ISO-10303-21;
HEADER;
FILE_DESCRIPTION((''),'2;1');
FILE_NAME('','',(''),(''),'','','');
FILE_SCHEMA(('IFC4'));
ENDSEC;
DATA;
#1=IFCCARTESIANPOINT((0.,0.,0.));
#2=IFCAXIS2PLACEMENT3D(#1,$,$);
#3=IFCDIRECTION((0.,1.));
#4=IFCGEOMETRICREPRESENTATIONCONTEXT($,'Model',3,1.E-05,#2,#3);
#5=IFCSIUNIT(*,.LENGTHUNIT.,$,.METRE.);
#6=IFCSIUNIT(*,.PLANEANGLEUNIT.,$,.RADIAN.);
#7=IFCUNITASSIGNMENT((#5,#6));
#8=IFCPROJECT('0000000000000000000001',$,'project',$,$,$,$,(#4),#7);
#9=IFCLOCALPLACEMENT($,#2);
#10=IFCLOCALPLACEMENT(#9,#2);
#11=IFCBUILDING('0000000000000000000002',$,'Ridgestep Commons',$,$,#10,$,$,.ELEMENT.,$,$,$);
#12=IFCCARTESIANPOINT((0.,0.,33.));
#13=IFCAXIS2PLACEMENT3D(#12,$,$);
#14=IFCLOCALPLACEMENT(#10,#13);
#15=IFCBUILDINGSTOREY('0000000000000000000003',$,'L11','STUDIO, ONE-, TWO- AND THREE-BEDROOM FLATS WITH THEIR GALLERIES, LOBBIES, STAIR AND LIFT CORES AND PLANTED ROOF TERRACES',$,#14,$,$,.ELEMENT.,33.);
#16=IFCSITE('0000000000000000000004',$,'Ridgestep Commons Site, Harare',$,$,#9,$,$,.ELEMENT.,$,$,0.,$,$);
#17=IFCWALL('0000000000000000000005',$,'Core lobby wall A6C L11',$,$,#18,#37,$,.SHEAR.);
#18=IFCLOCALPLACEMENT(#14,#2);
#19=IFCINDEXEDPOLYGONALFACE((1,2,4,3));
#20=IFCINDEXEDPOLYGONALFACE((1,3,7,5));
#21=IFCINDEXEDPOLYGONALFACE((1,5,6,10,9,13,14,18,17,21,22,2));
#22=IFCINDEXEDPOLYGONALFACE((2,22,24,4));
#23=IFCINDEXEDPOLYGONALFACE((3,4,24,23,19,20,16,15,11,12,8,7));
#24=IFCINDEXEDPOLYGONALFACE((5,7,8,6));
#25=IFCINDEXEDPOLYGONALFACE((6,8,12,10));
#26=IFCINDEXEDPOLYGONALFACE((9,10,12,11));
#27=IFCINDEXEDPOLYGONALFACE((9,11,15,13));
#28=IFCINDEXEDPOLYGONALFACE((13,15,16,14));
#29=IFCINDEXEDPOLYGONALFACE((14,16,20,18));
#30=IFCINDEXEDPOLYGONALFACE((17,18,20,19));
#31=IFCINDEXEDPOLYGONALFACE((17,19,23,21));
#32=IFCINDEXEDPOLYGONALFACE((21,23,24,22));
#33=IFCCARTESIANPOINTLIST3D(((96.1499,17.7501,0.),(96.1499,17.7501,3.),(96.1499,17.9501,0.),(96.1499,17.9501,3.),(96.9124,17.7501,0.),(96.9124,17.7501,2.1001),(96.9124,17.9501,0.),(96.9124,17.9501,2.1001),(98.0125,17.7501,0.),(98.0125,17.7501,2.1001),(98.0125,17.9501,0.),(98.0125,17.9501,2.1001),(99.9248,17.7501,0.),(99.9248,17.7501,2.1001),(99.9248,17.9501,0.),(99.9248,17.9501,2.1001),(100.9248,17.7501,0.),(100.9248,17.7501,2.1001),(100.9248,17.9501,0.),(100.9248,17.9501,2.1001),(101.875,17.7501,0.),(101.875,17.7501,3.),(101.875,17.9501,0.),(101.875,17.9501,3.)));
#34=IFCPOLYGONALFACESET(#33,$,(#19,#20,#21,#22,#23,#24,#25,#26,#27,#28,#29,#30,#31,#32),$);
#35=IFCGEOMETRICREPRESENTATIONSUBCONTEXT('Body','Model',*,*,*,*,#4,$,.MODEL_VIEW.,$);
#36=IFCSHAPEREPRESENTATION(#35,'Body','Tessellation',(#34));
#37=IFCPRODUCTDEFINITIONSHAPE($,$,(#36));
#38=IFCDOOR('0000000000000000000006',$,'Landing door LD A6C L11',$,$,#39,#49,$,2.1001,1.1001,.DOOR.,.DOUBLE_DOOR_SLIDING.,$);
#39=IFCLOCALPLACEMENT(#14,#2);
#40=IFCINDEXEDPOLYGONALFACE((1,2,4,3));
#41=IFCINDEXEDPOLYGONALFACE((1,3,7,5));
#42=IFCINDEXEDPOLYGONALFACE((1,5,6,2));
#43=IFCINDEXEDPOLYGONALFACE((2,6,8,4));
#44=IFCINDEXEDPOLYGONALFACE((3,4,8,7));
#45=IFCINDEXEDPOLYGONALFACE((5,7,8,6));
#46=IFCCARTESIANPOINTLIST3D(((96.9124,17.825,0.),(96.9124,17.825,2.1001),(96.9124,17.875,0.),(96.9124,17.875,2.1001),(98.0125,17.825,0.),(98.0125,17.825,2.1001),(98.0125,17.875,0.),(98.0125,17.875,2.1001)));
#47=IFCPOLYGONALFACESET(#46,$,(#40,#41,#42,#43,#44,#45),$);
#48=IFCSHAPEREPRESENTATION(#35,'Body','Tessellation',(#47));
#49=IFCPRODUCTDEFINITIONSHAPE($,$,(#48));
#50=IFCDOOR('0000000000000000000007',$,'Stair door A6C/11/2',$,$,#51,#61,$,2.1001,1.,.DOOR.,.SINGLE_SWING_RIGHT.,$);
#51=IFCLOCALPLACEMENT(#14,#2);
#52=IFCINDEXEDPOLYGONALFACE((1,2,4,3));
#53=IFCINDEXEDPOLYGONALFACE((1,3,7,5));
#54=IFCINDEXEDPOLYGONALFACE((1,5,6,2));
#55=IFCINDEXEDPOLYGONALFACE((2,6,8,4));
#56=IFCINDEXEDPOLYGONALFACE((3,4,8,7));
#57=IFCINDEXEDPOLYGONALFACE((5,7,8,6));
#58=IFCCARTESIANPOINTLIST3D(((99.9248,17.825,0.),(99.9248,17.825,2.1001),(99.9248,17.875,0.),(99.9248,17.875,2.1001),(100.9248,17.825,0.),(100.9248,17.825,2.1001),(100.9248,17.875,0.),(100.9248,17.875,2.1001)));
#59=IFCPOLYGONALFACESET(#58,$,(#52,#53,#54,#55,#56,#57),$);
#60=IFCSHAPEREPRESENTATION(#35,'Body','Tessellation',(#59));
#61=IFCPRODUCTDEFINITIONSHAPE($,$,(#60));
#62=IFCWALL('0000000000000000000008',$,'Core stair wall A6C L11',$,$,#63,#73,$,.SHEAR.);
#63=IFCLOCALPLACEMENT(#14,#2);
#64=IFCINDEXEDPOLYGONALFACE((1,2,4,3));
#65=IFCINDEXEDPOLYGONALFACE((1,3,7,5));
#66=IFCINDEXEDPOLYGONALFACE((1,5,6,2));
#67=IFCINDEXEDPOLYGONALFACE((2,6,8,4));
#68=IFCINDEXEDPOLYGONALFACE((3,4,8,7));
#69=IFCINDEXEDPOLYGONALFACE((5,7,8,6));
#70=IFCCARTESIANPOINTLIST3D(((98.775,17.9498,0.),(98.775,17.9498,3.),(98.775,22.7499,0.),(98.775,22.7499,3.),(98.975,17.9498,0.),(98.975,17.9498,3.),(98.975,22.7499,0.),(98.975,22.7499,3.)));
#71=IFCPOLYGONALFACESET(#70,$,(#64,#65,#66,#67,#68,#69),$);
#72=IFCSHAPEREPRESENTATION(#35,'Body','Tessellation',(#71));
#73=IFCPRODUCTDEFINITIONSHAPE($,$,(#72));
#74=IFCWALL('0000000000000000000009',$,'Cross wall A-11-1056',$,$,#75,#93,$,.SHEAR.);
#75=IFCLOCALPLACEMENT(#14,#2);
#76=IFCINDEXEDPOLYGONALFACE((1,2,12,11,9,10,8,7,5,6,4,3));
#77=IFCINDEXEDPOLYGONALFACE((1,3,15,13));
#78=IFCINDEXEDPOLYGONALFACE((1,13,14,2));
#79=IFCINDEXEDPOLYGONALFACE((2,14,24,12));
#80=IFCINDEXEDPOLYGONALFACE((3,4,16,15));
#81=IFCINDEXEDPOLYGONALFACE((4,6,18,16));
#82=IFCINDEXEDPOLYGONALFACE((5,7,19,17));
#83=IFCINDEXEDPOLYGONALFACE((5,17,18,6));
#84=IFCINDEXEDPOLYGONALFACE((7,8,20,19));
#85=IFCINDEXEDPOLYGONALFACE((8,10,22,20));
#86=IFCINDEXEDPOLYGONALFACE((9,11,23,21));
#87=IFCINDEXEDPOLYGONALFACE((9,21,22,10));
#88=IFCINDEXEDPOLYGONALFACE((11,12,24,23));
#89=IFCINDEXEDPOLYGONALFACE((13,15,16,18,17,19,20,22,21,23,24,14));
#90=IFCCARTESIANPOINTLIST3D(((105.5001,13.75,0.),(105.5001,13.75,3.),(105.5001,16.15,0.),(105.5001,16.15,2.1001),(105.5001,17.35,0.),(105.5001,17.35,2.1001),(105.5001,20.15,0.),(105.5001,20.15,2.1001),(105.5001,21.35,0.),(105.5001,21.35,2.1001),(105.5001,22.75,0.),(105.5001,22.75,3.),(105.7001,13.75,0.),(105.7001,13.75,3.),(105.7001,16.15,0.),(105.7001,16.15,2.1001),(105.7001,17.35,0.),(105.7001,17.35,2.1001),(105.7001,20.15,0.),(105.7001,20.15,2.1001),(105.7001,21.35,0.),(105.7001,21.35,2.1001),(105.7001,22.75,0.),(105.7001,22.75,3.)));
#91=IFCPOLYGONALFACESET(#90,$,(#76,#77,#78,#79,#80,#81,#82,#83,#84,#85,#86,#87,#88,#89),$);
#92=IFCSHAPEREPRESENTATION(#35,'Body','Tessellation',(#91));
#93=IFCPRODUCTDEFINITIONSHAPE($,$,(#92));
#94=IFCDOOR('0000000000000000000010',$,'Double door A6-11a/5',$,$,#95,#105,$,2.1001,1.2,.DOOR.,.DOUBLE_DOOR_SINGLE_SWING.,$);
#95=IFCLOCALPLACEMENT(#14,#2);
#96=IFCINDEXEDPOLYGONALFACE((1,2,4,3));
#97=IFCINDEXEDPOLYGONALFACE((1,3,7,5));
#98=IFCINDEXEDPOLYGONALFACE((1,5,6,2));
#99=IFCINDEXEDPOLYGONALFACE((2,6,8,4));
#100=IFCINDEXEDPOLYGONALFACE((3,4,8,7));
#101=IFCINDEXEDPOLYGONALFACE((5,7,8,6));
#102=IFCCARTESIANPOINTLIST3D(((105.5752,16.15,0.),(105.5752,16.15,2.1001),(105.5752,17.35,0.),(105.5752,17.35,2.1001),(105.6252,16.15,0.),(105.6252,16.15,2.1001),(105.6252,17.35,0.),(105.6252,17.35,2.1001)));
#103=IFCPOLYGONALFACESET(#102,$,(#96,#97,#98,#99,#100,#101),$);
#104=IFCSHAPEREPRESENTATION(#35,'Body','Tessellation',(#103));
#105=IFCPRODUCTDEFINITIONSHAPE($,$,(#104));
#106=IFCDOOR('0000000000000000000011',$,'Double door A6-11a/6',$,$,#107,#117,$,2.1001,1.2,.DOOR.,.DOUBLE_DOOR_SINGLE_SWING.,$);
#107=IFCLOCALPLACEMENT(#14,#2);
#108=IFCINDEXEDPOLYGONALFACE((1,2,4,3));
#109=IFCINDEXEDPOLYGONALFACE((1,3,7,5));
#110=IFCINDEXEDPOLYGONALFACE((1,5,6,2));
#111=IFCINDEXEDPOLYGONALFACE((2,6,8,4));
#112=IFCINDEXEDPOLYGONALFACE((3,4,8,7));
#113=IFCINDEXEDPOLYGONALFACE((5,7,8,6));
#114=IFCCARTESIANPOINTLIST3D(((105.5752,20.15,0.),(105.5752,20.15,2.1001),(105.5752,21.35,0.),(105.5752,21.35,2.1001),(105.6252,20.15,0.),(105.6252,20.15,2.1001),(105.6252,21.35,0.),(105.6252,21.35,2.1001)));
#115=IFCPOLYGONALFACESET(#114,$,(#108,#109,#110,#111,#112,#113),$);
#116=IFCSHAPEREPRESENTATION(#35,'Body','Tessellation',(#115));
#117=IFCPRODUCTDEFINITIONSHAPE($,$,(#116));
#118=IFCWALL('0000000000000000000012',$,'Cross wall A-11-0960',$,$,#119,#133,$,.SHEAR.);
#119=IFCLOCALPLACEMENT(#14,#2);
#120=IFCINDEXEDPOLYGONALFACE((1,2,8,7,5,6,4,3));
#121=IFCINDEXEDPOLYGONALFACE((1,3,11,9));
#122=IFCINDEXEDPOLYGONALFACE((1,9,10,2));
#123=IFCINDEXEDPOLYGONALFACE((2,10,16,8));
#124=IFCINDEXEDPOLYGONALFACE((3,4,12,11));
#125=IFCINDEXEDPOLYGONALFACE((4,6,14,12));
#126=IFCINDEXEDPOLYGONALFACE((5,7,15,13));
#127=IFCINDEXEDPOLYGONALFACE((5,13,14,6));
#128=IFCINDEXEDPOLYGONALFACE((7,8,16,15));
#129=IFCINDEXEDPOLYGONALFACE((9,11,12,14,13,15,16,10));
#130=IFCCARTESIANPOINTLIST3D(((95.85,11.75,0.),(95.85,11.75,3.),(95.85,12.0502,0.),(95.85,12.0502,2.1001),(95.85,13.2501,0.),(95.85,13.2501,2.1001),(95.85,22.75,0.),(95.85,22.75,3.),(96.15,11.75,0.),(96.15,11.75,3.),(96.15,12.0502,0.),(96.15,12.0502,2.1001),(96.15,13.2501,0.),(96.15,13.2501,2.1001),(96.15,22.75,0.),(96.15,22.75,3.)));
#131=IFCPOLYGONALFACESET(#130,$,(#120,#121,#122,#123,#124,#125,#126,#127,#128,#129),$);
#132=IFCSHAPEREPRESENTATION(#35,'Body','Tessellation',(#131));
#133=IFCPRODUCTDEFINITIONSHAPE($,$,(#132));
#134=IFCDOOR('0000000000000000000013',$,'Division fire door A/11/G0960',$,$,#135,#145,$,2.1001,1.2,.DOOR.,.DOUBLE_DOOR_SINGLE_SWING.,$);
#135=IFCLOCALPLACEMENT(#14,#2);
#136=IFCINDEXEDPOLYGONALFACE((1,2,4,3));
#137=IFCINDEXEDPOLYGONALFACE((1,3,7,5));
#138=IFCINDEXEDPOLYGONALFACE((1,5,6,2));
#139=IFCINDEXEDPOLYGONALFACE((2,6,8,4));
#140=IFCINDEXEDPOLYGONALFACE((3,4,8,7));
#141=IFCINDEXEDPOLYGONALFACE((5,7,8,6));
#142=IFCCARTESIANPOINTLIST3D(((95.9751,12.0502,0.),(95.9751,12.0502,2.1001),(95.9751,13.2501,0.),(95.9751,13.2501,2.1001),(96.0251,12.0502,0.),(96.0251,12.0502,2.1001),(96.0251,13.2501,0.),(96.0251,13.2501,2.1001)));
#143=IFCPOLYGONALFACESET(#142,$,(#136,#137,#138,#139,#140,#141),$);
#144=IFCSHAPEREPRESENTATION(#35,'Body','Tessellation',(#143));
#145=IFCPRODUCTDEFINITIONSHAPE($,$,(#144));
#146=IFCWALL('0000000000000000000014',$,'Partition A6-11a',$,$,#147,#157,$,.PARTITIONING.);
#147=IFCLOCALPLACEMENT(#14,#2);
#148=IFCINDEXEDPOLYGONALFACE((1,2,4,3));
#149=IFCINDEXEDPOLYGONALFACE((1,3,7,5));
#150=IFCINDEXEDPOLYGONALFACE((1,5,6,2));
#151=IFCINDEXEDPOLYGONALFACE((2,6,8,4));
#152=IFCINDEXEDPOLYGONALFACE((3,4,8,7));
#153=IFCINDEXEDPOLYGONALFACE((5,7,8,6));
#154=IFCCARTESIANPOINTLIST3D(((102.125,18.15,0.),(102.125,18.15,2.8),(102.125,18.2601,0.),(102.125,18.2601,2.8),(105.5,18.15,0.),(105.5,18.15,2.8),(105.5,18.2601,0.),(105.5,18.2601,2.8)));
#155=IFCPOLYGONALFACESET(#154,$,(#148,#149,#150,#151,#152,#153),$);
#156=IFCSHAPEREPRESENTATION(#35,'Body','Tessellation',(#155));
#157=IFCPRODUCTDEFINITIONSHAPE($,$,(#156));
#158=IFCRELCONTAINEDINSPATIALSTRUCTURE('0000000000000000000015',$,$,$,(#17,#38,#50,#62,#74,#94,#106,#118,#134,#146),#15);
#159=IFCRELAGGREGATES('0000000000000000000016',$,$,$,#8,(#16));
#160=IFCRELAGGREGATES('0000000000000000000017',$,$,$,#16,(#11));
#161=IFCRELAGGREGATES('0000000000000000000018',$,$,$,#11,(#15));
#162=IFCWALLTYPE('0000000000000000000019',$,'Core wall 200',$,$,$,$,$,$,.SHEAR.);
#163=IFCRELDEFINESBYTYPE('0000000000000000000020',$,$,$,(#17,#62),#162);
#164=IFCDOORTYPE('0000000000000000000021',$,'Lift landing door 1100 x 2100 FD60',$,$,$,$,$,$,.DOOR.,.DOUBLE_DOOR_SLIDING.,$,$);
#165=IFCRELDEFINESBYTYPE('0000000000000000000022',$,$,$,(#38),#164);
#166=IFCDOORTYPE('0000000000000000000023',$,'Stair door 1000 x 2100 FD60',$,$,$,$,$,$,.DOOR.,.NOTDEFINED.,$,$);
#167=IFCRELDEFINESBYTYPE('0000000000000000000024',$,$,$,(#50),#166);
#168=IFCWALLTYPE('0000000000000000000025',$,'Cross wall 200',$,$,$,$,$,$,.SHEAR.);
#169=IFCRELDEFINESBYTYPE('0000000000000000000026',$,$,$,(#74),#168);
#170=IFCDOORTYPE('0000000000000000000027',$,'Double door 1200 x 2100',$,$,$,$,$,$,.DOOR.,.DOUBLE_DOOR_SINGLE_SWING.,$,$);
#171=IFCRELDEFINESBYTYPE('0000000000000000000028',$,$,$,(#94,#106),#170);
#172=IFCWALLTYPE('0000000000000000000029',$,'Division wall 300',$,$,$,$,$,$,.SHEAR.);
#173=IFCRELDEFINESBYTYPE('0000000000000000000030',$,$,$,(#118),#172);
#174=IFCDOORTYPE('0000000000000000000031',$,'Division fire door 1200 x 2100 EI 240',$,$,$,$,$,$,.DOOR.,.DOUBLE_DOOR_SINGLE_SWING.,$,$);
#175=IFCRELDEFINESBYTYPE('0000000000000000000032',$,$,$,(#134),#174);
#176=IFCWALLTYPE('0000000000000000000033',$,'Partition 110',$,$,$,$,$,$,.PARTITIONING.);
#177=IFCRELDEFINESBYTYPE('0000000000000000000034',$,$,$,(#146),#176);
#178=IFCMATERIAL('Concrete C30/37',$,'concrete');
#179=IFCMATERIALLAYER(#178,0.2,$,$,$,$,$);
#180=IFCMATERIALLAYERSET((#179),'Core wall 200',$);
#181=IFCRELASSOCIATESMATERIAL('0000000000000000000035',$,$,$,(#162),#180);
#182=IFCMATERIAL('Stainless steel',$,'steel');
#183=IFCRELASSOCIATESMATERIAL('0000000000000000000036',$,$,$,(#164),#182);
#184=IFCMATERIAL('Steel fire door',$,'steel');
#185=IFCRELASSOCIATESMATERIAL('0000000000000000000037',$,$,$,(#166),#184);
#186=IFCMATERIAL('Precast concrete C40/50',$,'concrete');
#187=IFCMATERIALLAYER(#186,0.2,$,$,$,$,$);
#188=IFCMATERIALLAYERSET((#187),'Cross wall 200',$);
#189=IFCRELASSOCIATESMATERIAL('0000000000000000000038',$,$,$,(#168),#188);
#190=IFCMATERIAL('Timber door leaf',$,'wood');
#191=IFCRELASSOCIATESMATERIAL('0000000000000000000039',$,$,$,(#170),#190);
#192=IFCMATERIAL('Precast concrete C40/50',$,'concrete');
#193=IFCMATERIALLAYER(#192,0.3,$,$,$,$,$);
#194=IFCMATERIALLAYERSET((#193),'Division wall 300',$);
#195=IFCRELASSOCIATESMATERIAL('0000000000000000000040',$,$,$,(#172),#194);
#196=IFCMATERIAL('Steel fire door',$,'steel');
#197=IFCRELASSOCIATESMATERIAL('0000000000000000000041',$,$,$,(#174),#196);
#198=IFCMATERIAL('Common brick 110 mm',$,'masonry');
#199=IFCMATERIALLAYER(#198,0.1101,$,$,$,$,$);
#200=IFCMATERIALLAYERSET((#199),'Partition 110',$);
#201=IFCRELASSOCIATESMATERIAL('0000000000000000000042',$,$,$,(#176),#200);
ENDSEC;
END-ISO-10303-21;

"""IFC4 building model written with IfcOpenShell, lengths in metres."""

from ifc_helpers import new_model, si_unit, direction, frame, frame_2d, origin, place, context, subcontext, project, spatial, rectangle, extrude, material, layer, layer_set, type_object, element, fill, save


model = new_model("IFC4")

# Units and contexts
model_context = context("Model", 3, precision=1e-05, world=origin(), true_north=direction((0.0, 1.0)))
body_context = subcontext(model_context, "Body", "Model", "MODEL_VIEW")
ifc_project = project(units=[si_unit("LENGTHUNIT", "METRE"), si_unit("PLANEANGLEUNIT", "RADIAN")], contexts=[model_context])

# Site, building, storey
site_placement = place(None, origin())
site = spatial("IfcSite", under=ifc_project, at=site_placement, Name="Ridgestep Commons Site, Harare", CompositionType="ELEMENT", RefElevation=0.0)
building_placement = place(site_placement, origin())
building = spatial("IfcBuilding", under=site, at=building_placement, Name="Ridgestep Commons", CompositionType="ELEMENT")
storey_placement = place(building_placement, frame((0.0, 0.0, 33.0)))
storey = spatial("IfcBuildingStorey", under=building, at=storey_placement, Name="L11", Description="STUDIO, ONE-, TWO- AND THREE-BEDROOM FLATS WITH THEIR GALLERIES, LOBBIES, STAIR AND LIFT CORES AND PLANTED ROOF TERRACES", CompositionType="ELEMENT", Elevation=33.0)

# Wall, openings, doors
ifc_material_1 = material(Name="Concrete C30/37", Category="concrete")
ifc_layer_1 = layer(ifc_material_1, 0.2)
ifc_layer_set_1 = layer_set([ifc_layer_1], Name="Core wall 200")
wall_type_1 = type_object("IfcWallType", Name="Core wall 200", PredefinedType="SHEAR", material=ifc_layer_set_1)
wall_1_placement = place(storey_placement, frame((96.1499, 17.8501, 0.0), z_axis=(0.0, 0.0, 1.0), x_axis=(1.0, 0.0, 0.0)))
wall_1 = element("IfcWall", 1, at=wall_1_placement, inside=storey, type_object=wall_type_1, Name="Core lobby wall A6C L11", PredefinedType="SHEAR", context=body_context, shape_type="SweptSolid", body=[
    extrude(rectangle(XDim=5.7251, YDim=0.2, at=frame_2d((2.8625, 0.0))), origin(), (0.0, 0.0, 1.0), 3.0),
])
opening_1_placement = place(wall_1_placement, frame((3.7749, 0.0, 0.0)))
opening_1 = element("IfcOpeningElement", 2, at=opening_1_placement, cuts=wall_1, PredefinedType="OPENING", context=body_context, shape_type="SweptSolid", body=[
    extrude(rectangle(XDim=1.0, YDim=2.1001, at=frame_2d((0.5, 1.05))), frame((0.0, 0.1099, 0.0), z_axis=(0.0, -1.0, 0.0), x_axis=(1.0, 0.0, 0.0)), (0.0, 0.0, 1.0), 0.22),
])
opening_2_placement = place(wall_1_placement, frame((0.7625, 0.0, 0.0)))
opening_2 = element("IfcOpeningElement", 3, at=opening_2_placement, cuts=wall_1, PredefinedType="OPENING", context=body_context, shape_type="SweptSolid", body=[
    extrude(rectangle(XDim=1.1001, YDim=2.1001, at=frame_2d((0.55, 1.05))), frame((0.0, 0.1099, 0.0), z_axis=(0.0, -1.0, 0.0), x_axis=(1.0, 0.0, 0.0)), (0.0, 0.0, 1.0), 0.22),
])
ifc_material_2 = material(Name="Stainless steel", Category="steel")
door_type_1 = type_object("IfcDoorType", Name="Lift landing door 1100 x 2100 FD60", OperationType="DOUBLE_DOOR_SLIDING", PredefinedType="DOOR", material=ifc_material_2)
door_1_placement = place(opening_2_placement, origin())
door_1 = element("IfcDoor", 4, at=door_1_placement, inside=storey, type_object=door_type_1, Name="Landing door LD A6C L11", OperationType="DOUBLE_DOOR_SLIDING", OverallHeight=2.1001, OverallWidth=1.1001, PredefinedType="DOOR", context=body_context, shape_type="SweptSolid", body=[
    extrude(rectangle(XDim=1.1001, YDim=2.1001, at=frame_2d((0.55, 1.05))), frame((0.0, 0.0249, 0.0), z_axis=(0.0, -1.0, 0.0), x_axis=(1.0, 0.0, 0.0)), (0.0, 0.0, 1.0), 0.05),
])
fill(opening_2, door_1)
ifc_material_3 = material(Name="Steel fire door", Category="steel")
door_type_2 = type_object("IfcDoorType", Name="Stair door 1000 x 2100 FD60", OperationType="NOTDEFINED", PredefinedType="DOOR", material=ifc_material_3)
door_2_placement = place(opening_1_placement, origin())
door_2 = element("IfcDoor", 5, at=door_2_placement, inside=storey, type_object=door_type_2, Name="Stair door A6C/11/2", OperationType="SINGLE_SWING_RIGHT", OverallHeight=2.1001, OverallWidth=1.0, PredefinedType="DOOR", context=body_context, shape_type="SweptSolid", body=[
    extrude(rectangle(XDim=1.0, YDim=2.1001, at=frame_2d((0.5, 1.05))), frame((0.0, 0.0249, 0.0), z_axis=(0.0, -1.0, 0.0), x_axis=(1.0, 0.0, 0.0)), (0.0, 0.0, 1.0), 0.05),
])
fill(opening_1, door_2)

# Wall
wall_2_placement = place(storey_placement, frame((98.875, 17.95, 0.0), z_axis=(0.0, 0.0, 1.0), x_axis=(0.0, 1.0, 0.0)))
element("IfcWall", 6, at=wall_2_placement, inside=storey, type_object=wall_type_1, Name="Core stair wall A6C L11", PredefinedType="SHEAR", context=body_context, shape_type="SweptSolid", body=[
    extrude(rectangle(XDim=4.8, YDim=0.2, at=frame_2d((2.3999, 0.0))), origin(), (0.0, 0.0, 1.0), 3.0),
])

# Wall, openings, doors
ifc_material_4 = material(Name="Precast concrete C40/50", Category="concrete")
ifc_layer_2 = layer(ifc_material_4, 0.2)
ifc_layer_set_2 = layer_set([ifc_layer_2], Name="Cross wall 200")
wall_type_2 = type_object("IfcWallType", Name="Cross wall 200", PredefinedType="SHEAR", material=ifc_layer_set_2)
wall_3_placement = place(storey_placement, frame((105.6001, 13.75, 0.0), z_axis=(0.0, 0.0, 1.0), x_axis=(0.0, 1.0, 0.0)))
wall_3 = element("IfcWall", 7, at=wall_3_placement, inside=storey, type_object=wall_type_2, Name="Cross wall A-11-1056", PredefinedType="SHEAR", context=body_context, shape_type="SweptSolid", body=[
    extrude(rectangle(XDim=9.0, YDim=0.2, at=frame_2d((4.5, 0.0))), origin(), (0.0, 0.0, 1.0), 3.0),
])
opening_3_placement = place(wall_3_placement, frame((2.3999, 0.0, 0.0)))
opening_3 = element("IfcOpeningElement", 8, at=opening_3_placement, cuts=wall_3, PredefinedType="OPENING", context=body_context, shape_type="SweptSolid", body=[
    extrude(rectangle(XDim=1.2, YDim=2.1001, at=frame_2d((0.6001, 1.05))), frame((0.0, 0.1099, 0.0), z_axis=(0.0, -1.0, 0.0), x_axis=(1.0, 0.0, 0.0)), (0.0, 0.0, 1.0), 0.22),
])
opening_4_placement = place(wall_3_placement, frame((6.3999, 0.0, 0.0)))
opening_4 = element("IfcOpeningElement", 9, at=opening_4_placement, cuts=wall_3, PredefinedType="OPENING", context=body_context, shape_type="SweptSolid", body=[
    extrude(rectangle(XDim=1.2, YDim=2.1001, at=frame_2d((0.6001, 1.05))), frame((0.0, 0.1099, 0.0), z_axis=(0.0, -1.0, 0.0), x_axis=(1.0, 0.0, 0.0)), (0.0, 0.0, 1.0), 0.22),
])
ifc_material_5 = material(Name="Timber door leaf", Category="wood")
door_type_3 = type_object("IfcDoorType", Name="Double door 1200 x 2100", OperationType="DOUBLE_DOOR_SINGLE_SWING", PredefinedType="DOOR", material=ifc_material_5)
door_3_placement = place(opening_3_placement, origin())
door_3 = element("IfcDoor", 10, at=door_3_placement, inside=storey, type_object=door_type_3, Name="Double door A6-11a/5", OperationType="DOUBLE_DOOR_SINGLE_SWING", OverallHeight=2.1001, OverallWidth=1.2, PredefinedType="DOOR", context=body_context, shape_type="SweptSolid", body=[
    extrude(rectangle(XDim=1.2, YDim=2.1001, at=frame_2d((0.6001, 1.05))), frame((0.0, 0.0249, 0.0), z_axis=(0.0, -1.0, 0.0), x_axis=(1.0, 0.0, 0.0)), (0.0, 0.0, 1.0), 0.05),
])
fill(opening_3, door_3)
door_4_placement = place(opening_4_placement, origin())
door_4 = element("IfcDoor", 11, at=door_4_placement, inside=storey, type_object=door_type_3, Name="Double door A6-11a/6", OperationType="DOUBLE_DOOR_SINGLE_SWING", OverallHeight=2.1001, OverallWidth=1.2, PredefinedType="DOOR", context=body_context, shape_type="SweptSolid", body=[
    extrude(rectangle(XDim=1.2, YDim=2.1001, at=frame_2d((0.6001, 1.05))), frame((0.0, 0.0249, 0.0), z_axis=(0.0, -1.0, 0.0), x_axis=(1.0, 0.0, 0.0)), (0.0, 0.0, 1.0), 0.05),
])
fill(opening_4, door_4)

# Wall, opening, door
ifc_material_6 = material(Name="Precast concrete C40/50", Category="concrete")
ifc_layer_3 = layer(ifc_material_6, 0.3)
ifc_layer_set_3 = layer_set([ifc_layer_3], Name="Division wall 300")
wall_type_3 = type_object("IfcWallType", Name="Division wall 300", PredefinedType="SHEAR", material=ifc_layer_set_3)
wall_4_placement = place(storey_placement, frame((96.0, 11.75, 0.0), z_axis=(0.0, 0.0, 1.0), x_axis=(0.0, 1.0, 0.0)))
wall_4 = element("IfcWall", 12, at=wall_4_placement, inside=storey, type_object=wall_type_3, Name="Cross wall A-11-0960", PredefinedType="SHEAR", context=body_context, shape_type="SweptSolid", body=[
    extrude(rectangle(XDim=11.0, YDim=0.3, at=frame_2d((5.5, 0.0))), origin(), (0.0, 0.0, 1.0), 3.0),
])
opening_5_placement = place(wall_4_placement, frame((0.3, 0.0, 0.0)))
opening_5 = element("IfcOpeningElement", 13, at=opening_5_placement, cuts=wall_4, PredefinedType="OPENING", context=body_context, shape_type="SweptSolid", body=[
    extrude(rectangle(XDim=1.2, YDim=2.1001, at=frame_2d((0.6001, 1.05))), frame((0.0, 0.1599, 0.0), z_axis=(0.0, -1.0, 0.0), x_axis=(1.0, 0.0, 0.0)), (0.0, 0.0, 1.0), 0.3201),
])
ifc_material_7 = material(Name="Steel fire door", Category="steel")
door_type_4 = type_object("IfcDoorType", Name="Division fire door 1200 x 2100 EI 240", OperationType="DOUBLE_DOOR_SINGLE_SWING", PredefinedType="DOOR", material=ifc_material_7)
door_5_placement = place(opening_5_placement, origin())
door_5 = element("IfcDoor", 14, at=door_5_placement, inside=storey, type_object=door_type_4, Name="Division fire door A/11/G0960", OperationType="DOUBLE_DOOR_SINGLE_SWING", OverallHeight=2.1001, OverallWidth=1.2, PredefinedType="DOOR", context=body_context, shape_type="SweptSolid", body=[
    extrude(rectangle(XDim=1.2, YDim=2.1001, at=frame_2d((0.6001, 1.05))), frame((0.0, 0.0249, 0.0), z_axis=(0.0, -1.0, 0.0), x_axis=(1.0, 0.0, 0.0)), (0.0, 0.0, 1.0), 0.05),
])
fill(opening_5, door_5)

# Wall
ifc_material_8 = material(Name="Common brick 110 mm", Category="masonry")
ifc_layer_4 = layer(ifc_material_8, 0.1101)
ifc_layer_set_4 = layer_set([ifc_layer_4], Name="Partition 110")
wall_type_4 = type_object("IfcWallType", Name="Partition 110", PredefinedType="PARTITIONING", material=ifc_layer_set_4)
wall_5_placement = place(storey_placement, frame((102.125, 18.2051, 0.0), z_axis=(0.0, 0.0, 1.0), x_axis=(1.0, 0.0, 0.0)))
element("IfcWall", 15, at=wall_5_placement, inside=storey, type_object=wall_type_4, Name="Partition A6-11a", PredefinedType="PARTITIONING", context=body_context, shape_type="SweptSolid", body=[
    extrude(rectangle(XDim=3.375, YDim=0.1101, at=frame_2d((1.6875, 0.0))), origin(), (0.0, 0.0, 1.0), 2.8),
])

save(model, "model.ifc")
